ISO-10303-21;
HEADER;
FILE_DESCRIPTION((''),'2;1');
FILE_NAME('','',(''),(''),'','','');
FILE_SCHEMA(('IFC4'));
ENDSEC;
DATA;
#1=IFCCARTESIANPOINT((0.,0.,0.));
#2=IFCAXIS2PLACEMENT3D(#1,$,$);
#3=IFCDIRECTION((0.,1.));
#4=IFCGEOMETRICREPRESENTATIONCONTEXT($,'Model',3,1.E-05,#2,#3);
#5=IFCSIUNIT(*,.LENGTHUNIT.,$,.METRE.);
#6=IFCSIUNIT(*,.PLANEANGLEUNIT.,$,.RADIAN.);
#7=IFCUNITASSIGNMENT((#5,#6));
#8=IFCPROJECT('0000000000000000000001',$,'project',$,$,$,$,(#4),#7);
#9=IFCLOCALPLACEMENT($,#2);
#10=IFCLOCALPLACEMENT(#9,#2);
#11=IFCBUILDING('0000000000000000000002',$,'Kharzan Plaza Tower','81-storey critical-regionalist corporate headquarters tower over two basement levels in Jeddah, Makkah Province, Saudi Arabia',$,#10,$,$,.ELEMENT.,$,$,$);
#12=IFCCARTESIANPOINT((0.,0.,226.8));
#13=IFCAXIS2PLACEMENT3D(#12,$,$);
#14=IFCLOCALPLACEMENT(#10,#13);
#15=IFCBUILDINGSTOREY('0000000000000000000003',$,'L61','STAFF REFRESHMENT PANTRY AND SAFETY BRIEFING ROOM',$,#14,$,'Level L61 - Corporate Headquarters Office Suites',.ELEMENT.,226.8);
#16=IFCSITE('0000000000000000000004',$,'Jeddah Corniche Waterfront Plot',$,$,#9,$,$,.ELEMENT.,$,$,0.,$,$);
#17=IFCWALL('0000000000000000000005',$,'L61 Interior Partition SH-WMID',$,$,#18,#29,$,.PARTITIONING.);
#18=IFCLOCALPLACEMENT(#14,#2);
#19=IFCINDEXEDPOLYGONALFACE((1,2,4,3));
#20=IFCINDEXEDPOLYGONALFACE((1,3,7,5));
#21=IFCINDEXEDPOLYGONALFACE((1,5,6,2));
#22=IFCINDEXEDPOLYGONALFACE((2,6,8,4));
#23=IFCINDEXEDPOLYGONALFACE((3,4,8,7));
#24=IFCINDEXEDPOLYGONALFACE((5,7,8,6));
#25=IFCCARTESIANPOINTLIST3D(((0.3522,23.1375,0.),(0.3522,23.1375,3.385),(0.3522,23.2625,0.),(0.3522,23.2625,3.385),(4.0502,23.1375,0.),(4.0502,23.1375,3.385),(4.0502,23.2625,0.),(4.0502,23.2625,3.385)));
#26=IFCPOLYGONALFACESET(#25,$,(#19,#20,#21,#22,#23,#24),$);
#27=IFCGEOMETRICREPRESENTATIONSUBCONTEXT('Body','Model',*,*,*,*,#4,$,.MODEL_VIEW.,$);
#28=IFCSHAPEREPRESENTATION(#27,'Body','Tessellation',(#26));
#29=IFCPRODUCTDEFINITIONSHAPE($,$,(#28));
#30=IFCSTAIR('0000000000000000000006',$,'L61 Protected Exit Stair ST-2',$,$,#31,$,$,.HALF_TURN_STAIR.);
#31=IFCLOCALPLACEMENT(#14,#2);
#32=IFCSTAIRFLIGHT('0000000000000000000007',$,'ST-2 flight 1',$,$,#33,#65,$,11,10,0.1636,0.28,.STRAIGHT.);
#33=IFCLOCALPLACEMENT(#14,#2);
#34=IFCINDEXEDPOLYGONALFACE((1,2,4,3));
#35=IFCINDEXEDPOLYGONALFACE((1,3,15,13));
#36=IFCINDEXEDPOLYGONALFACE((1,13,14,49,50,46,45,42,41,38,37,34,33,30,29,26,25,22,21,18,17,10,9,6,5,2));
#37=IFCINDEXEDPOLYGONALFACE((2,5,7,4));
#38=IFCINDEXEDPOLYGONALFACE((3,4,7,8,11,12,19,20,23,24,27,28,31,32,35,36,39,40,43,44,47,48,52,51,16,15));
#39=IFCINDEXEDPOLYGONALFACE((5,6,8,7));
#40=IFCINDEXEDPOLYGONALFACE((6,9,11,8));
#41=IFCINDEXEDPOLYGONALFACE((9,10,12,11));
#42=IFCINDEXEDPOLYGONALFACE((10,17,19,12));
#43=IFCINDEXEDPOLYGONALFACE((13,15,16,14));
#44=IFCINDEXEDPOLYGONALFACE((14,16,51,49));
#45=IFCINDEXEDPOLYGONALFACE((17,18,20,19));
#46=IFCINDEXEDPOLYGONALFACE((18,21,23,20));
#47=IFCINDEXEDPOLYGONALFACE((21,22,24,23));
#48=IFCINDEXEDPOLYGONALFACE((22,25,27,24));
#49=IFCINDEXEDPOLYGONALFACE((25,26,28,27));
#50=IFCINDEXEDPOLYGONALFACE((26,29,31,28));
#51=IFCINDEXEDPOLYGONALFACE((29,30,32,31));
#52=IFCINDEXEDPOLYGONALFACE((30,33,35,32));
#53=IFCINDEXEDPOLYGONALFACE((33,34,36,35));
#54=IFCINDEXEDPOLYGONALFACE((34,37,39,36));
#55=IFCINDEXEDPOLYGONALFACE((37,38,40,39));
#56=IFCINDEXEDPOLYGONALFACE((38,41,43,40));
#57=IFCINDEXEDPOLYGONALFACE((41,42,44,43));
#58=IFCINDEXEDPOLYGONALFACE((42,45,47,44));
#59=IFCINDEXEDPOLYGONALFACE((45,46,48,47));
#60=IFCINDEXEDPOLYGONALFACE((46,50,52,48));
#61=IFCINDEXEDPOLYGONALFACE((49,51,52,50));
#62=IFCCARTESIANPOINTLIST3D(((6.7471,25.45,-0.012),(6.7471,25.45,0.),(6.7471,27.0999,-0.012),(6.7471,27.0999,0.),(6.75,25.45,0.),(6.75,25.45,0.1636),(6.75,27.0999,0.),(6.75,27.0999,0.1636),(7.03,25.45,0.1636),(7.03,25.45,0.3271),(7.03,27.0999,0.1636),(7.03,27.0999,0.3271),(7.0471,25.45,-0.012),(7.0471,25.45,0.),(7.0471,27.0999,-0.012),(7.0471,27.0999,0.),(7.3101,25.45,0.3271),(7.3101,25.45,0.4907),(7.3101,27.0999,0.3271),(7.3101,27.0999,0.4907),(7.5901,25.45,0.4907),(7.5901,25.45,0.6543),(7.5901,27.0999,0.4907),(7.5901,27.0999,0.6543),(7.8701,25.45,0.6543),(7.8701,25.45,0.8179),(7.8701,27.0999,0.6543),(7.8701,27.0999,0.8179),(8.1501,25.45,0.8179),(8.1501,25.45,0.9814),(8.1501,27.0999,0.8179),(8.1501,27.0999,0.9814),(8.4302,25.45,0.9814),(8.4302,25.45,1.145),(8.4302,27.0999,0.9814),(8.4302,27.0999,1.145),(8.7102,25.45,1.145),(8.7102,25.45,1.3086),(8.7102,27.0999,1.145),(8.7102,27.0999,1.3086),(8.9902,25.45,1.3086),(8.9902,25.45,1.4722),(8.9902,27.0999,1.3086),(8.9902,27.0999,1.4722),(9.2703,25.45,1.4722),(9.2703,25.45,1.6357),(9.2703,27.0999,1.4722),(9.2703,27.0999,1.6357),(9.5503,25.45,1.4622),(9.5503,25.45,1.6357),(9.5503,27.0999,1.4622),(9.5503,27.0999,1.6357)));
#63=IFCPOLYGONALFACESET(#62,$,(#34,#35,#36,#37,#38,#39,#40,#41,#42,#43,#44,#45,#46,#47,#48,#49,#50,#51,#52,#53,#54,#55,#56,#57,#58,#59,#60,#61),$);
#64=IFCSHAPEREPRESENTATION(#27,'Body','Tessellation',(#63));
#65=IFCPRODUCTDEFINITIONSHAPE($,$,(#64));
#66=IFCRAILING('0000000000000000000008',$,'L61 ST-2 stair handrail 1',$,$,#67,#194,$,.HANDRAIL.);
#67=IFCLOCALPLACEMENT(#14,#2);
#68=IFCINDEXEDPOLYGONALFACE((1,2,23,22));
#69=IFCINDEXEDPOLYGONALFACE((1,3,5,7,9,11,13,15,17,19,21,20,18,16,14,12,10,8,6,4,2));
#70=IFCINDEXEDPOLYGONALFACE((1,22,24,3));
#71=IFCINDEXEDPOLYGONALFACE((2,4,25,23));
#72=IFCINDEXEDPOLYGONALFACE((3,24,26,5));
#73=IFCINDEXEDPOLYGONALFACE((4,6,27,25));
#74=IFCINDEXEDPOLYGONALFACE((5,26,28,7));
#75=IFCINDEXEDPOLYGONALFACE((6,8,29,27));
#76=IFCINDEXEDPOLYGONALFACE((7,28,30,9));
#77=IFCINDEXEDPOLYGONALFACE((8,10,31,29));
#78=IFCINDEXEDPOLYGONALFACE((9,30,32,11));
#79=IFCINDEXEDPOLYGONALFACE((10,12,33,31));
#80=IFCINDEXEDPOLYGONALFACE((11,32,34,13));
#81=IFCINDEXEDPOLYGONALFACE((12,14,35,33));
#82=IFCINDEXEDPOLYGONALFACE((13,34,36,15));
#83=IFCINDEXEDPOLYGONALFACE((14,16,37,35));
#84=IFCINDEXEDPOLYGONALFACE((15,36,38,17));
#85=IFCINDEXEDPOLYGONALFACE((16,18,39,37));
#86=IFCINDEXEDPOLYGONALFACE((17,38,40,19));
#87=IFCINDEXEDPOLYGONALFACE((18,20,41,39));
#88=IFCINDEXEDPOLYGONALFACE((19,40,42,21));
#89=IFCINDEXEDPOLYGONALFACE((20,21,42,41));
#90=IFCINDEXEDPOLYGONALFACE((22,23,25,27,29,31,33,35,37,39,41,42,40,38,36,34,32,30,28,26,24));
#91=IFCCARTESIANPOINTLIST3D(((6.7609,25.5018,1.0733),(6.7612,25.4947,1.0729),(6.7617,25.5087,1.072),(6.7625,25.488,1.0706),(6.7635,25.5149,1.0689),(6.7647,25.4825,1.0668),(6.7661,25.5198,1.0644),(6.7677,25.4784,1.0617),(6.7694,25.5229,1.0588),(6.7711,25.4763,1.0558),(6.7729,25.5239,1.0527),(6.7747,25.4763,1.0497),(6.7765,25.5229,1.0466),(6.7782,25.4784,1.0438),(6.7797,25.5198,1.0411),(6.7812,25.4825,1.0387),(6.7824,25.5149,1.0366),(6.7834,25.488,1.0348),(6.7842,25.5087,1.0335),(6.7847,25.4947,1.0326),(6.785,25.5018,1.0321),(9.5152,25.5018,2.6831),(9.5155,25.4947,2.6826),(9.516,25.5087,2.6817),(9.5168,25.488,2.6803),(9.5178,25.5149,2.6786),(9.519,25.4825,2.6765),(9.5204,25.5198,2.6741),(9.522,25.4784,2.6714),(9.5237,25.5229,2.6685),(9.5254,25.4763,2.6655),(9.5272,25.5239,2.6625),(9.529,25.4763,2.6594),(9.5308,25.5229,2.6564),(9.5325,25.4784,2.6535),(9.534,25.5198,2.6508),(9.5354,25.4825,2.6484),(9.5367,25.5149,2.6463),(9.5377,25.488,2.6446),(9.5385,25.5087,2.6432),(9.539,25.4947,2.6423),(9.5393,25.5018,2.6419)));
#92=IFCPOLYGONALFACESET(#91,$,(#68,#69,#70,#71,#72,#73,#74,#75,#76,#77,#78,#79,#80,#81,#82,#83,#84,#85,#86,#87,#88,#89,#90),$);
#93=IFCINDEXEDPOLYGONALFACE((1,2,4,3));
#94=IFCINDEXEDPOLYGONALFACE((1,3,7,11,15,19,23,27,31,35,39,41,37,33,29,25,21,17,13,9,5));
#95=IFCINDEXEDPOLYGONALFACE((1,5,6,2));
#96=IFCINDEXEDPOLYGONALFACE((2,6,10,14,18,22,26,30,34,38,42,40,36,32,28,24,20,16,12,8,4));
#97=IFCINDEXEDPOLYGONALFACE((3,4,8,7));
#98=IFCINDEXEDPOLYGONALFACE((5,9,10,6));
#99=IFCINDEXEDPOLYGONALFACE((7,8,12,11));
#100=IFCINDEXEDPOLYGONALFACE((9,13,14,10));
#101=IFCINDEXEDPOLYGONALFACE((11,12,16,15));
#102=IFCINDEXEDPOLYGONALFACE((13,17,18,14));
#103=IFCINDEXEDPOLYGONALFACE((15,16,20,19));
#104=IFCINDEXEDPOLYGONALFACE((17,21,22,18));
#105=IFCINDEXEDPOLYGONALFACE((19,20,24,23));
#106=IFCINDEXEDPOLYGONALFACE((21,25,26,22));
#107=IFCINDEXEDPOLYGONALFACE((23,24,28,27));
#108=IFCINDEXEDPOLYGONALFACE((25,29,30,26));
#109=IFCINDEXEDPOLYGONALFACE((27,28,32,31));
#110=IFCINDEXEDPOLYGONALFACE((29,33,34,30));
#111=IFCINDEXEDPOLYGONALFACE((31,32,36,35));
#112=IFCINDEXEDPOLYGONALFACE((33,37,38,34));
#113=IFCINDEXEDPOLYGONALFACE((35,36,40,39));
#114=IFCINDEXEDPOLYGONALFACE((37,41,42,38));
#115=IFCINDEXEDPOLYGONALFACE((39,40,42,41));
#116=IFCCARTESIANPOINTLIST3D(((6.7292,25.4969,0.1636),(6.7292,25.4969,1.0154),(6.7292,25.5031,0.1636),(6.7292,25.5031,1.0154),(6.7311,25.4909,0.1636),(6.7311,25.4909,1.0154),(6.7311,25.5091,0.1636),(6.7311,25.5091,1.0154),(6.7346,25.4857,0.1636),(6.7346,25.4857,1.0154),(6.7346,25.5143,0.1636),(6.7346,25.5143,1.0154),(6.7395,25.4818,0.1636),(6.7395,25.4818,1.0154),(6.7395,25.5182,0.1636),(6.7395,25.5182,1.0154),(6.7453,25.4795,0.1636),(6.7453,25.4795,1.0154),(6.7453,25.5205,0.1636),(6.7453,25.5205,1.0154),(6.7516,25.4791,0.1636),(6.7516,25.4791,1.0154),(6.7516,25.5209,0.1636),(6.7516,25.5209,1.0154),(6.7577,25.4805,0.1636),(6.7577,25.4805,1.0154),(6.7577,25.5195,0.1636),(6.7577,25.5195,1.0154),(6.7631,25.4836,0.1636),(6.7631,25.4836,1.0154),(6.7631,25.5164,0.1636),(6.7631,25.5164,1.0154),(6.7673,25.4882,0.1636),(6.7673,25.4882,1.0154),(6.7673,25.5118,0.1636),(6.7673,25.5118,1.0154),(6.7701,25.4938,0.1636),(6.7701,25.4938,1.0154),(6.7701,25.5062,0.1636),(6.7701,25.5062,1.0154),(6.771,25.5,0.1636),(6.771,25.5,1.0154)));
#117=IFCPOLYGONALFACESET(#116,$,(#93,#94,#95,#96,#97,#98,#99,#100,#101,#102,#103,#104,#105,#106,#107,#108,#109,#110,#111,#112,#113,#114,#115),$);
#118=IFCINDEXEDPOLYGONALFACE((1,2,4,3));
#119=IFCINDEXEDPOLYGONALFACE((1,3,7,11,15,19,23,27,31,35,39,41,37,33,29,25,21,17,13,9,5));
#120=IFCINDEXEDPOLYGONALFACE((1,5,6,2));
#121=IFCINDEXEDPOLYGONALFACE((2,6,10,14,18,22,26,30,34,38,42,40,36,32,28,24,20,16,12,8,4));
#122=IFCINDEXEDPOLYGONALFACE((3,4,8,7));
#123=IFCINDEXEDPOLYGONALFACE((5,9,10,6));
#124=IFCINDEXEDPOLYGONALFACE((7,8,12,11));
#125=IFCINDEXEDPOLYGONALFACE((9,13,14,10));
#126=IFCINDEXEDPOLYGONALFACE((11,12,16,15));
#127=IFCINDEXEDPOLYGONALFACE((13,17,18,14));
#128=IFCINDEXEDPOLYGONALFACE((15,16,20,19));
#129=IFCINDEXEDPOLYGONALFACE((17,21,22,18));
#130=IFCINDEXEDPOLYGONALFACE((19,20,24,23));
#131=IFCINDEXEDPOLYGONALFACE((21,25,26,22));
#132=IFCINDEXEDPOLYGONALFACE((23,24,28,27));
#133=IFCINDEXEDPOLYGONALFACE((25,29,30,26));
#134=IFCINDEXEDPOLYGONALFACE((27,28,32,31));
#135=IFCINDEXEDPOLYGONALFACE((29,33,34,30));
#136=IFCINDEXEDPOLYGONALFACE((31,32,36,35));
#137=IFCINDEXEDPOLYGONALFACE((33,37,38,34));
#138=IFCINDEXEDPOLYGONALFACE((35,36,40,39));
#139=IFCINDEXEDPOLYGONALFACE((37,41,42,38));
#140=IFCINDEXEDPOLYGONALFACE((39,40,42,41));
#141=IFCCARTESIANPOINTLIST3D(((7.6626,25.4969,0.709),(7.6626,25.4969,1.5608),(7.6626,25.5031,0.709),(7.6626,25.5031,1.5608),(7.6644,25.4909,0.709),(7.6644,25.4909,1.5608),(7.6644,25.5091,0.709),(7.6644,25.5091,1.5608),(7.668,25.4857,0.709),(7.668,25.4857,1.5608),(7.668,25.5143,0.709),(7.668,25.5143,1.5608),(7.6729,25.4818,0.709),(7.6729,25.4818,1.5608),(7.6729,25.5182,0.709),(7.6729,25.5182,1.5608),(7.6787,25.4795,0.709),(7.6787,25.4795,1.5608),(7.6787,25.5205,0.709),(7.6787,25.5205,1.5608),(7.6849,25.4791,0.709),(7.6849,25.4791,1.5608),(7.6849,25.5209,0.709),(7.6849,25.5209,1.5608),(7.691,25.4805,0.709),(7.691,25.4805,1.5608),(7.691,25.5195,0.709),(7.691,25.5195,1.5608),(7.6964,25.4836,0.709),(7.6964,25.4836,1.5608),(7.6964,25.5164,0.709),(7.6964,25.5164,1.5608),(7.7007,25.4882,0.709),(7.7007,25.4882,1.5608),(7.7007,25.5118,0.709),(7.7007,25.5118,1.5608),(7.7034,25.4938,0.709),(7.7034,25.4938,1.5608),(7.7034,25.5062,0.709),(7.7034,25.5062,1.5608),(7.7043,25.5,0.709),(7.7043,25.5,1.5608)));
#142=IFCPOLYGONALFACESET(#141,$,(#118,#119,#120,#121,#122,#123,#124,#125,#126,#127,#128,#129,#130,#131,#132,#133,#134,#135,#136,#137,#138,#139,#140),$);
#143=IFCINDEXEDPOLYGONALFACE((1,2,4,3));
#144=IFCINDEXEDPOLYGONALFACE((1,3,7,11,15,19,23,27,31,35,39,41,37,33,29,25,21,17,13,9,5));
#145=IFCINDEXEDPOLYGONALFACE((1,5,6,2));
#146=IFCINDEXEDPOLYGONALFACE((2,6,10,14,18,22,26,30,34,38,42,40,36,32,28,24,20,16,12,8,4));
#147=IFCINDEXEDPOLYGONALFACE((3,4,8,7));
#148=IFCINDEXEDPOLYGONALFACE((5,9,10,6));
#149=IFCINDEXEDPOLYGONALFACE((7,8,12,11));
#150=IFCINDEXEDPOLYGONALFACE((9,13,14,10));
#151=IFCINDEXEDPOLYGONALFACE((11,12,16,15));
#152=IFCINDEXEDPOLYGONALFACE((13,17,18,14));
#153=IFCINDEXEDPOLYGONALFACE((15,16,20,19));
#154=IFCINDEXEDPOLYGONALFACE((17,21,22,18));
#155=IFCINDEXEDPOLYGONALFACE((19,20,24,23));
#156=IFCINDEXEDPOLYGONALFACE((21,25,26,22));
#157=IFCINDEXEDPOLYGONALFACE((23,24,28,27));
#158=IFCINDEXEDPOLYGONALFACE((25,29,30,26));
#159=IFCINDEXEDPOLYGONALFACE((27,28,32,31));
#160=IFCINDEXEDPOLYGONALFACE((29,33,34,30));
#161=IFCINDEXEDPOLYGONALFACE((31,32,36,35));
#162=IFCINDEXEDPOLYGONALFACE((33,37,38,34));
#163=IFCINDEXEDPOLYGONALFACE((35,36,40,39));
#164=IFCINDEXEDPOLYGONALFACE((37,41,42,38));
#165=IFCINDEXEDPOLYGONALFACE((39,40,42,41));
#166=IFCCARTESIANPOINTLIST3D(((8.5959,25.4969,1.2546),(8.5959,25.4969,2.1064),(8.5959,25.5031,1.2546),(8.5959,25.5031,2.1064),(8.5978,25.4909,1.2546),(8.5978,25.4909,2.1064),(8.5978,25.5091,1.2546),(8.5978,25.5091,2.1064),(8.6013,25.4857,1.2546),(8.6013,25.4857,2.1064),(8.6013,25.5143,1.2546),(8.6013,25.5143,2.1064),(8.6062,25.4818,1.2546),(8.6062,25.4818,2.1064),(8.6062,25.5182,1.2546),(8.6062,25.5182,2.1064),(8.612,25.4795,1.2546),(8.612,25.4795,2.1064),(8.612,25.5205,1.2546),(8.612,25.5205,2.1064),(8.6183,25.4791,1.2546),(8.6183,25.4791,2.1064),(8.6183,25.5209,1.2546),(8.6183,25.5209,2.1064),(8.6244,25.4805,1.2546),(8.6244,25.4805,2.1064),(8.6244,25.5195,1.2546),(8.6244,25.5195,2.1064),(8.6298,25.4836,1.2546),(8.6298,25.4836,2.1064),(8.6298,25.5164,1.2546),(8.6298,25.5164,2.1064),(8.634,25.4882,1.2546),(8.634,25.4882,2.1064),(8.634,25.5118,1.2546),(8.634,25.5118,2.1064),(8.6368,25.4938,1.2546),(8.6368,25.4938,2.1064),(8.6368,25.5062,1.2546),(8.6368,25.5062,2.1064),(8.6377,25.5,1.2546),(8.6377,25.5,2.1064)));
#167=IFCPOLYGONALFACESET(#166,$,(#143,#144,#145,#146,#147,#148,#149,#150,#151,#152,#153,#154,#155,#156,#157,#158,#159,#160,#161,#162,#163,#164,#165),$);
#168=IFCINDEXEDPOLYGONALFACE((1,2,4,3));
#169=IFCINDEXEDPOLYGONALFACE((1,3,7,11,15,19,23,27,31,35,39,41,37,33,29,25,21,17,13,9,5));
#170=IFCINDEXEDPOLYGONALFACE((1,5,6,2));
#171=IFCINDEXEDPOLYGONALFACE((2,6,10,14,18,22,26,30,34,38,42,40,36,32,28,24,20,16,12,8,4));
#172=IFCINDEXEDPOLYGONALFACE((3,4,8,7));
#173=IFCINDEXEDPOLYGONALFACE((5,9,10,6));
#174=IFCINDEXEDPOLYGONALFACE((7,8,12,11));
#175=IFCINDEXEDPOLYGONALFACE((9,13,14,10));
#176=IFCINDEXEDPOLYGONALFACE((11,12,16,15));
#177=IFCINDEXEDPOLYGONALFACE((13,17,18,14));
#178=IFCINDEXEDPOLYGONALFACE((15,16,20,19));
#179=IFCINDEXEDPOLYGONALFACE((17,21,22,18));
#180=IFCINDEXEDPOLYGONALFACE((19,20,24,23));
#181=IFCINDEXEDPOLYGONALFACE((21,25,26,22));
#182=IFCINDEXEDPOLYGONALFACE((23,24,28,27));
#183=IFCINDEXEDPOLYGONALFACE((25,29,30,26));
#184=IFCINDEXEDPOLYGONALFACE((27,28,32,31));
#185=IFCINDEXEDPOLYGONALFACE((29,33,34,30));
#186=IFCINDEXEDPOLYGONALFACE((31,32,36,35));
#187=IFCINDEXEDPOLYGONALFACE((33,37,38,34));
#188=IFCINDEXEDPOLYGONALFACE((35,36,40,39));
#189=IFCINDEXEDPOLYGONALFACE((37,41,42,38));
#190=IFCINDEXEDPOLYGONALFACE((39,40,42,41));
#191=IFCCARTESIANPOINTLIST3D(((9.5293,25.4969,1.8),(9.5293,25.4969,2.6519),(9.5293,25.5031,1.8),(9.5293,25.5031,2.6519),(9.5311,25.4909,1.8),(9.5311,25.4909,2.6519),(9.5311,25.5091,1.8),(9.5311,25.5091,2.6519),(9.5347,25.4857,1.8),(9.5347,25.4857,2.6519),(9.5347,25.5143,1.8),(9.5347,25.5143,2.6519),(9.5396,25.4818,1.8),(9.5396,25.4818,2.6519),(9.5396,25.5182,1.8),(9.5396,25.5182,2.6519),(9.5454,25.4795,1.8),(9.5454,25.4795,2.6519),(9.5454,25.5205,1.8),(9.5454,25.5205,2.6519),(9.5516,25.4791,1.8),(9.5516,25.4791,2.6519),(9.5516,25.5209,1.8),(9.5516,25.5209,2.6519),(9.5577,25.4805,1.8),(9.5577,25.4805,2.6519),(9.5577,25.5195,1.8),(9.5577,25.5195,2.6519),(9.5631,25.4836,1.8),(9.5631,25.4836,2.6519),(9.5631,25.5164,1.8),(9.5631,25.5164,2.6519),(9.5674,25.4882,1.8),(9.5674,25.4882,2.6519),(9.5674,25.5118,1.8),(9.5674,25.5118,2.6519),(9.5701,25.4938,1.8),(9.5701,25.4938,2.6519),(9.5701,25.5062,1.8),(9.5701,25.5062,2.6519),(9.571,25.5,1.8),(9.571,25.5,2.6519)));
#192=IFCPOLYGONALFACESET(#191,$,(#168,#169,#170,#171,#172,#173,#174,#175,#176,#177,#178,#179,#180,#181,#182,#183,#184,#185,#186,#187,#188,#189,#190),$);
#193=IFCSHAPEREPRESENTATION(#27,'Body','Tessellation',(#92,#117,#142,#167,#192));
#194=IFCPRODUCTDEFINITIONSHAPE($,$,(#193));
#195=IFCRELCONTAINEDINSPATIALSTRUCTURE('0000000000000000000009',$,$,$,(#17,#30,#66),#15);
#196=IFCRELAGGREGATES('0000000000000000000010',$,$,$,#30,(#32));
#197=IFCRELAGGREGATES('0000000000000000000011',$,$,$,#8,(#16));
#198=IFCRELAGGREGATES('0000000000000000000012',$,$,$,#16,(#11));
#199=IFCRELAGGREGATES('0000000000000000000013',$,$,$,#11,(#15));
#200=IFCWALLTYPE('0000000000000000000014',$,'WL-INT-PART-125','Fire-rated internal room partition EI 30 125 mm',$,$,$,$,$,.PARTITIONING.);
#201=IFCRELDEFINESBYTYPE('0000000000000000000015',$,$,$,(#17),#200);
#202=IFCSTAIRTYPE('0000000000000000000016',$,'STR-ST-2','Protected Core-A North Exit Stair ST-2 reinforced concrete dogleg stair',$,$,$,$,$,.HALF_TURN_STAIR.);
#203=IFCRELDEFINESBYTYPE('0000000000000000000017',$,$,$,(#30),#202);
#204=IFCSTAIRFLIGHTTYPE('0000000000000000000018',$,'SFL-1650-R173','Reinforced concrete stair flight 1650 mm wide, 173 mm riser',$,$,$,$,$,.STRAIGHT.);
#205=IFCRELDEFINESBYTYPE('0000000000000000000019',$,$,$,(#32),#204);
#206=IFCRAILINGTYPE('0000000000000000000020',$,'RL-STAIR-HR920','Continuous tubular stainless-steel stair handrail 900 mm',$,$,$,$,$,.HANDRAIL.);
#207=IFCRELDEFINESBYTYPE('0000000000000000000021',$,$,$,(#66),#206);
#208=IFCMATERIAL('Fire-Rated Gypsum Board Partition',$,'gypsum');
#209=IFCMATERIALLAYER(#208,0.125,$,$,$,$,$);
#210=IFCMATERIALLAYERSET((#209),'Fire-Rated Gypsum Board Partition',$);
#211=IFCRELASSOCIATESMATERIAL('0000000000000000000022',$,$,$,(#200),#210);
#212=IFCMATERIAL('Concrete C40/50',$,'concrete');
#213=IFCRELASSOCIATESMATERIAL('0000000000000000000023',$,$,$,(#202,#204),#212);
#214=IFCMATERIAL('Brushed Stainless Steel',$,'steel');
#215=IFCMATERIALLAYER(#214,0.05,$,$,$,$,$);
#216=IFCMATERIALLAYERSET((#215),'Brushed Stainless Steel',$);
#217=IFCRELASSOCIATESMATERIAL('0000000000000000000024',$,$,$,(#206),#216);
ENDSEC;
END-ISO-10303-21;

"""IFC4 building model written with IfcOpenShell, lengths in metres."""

from ifc_helpers import new_model, si_unit, direction, frame, frame_2d, origin, origin_2d, place, context, subcontext, project, spatial, polyline, rectangle, circle, outline, extrude, source, transform, mapped, material, layer, layer_set, type_object, element, aggregate, save


model = new_model("IFC4")

# Units and contexts
model_context = context("Model", 3, precision=1e-05, world=origin(), true_north=direction((0.0, 1.0)))
body_context = subcontext(model_context, "Body", "Model", "MODEL_VIEW")
ifc_project = project(units=[si_unit("LENGTHUNIT", "METRE"), si_unit("PLANEANGLEUNIT", "RADIAN")], contexts=[model_context])

# Site, building, storey
site_placement = place(None, origin())
site = spatial("IfcSite", under=ifc_project, at=site_placement, Name="Jeddah Corniche Waterfront Plot", CompositionType="ELEMENT", RefElevation=0.0)
building_placement = place(site_placement, origin())
building = spatial("IfcBuilding", under=site, at=building_placement, Name="Kharzan Plaza Tower", Description="81-storey critical-regionalist corporate headquarters tower over two basement levels in Jeddah, Makkah Province, Saudi Arabia", CompositionType="ELEMENT")
storey_placement = place(building_placement, frame((0.0, 0.0, 226.8)))
storey = spatial("IfcBuildingStorey", under=building, at=storey_placement, Name="L61", Description="STAFF REFRESHMENT PANTRY AND SAFETY BRIEFING ROOM", LongName="Level L61 - Corporate Headquarters Office Suites", CompositionType="ELEMENT", Elevation=226.8)

# Shared definitions
ifc_material_1 = material(Name="Concrete C40/50", Category="concrete")

# Shared definitions
ifc_material_2 = material(Name="Brushed Stainless Steel", Category="steel")

# Wall
ifc_material_3 = material(Name="Fire-Rated Gypsum Board Partition", Category="gypsum")
ifc_layer_1 = layer(ifc_material_3, 0.125)
ifc_layer_set_1 = layer_set([ifc_layer_1], Name="Fire-Rated Gypsum Board Partition")
wall_type_1 = type_object("IfcWallType", Name="WL-INT-PART-125", Description="Fire-rated internal room partition EI 30 125 mm", PredefinedType="PARTITIONING", material=ifc_layer_set_1)
shared_shape_1 = source(origin(), body_context, "Body", "SweptSolid", [
    extrude(rectangle(XDim=3.698, YDim=0.125, at=frame_2d((1.8491, 0.0))), origin(), (0.0, 0.0, 1.0), 3.385),
])
wall_1_placement = place(storey_placement, frame((0.3521, 23.2, 0.0), z_axis=(0.0, 0.0, 1.0), x_axis=(1.0, 0.0, 0.0)))
element("IfcWall", 1, at=wall_1_placement, inside=storey, type_object=wall_type_1, Name="L61 Interior Partition SH-WMID", PredefinedType="PARTITIONING", context=body_context, shape_type="MappedRepresentation", body=[
    mapped(shared_shape_1, transform((0.0, 0.0, 0.0), x_axis=(1.0, 0.0, 0.0), y_axis=(0.0, 1.0, 0.0), z_axis=(0.0, 0.0, 1.0))),
])

# Stair, stair flight
stair_type = type_object("IfcStairType", Name="STR-ST-2", Description="Protected Core-A North Exit Stair ST-2 reinforced concrete dogleg stair", PredefinedType="HALF_TURN_STAIR", material=ifc_material_1)
stair_placement = place(storey_placement, origin())
stair = element("IfcStair", 2, at=stair_placement, inside=storey, type_object=stair_type, Name="L61 Protected Exit Stair ST-2", PredefinedType="HALF_TURN_STAIR")
stair_flight_type = type_object("IfcStairFlightType", Name="SFL-1650-R173", Description="Reinforced concrete stair flight 1650 mm wide, 173 mm riser", PredefinedType="STRAIGHT", material=ifc_material_1)
shared_shape_2 = source(origin(), body_context, "Body", "SweptSolid", [
    extrude(outline(polyline([(-0.0029, -0.012), (-0.0029, 0.0), (0.0, 0.0), (0.0, 0.1636), (0.28, 0.1636), (0.28, 0.3271), (0.5601, 0.3271), (0.5601, 0.4907), (0.8401, 0.4907), (0.8401, 0.6543), (1.1201, 0.6543), (1.1201, 0.8179), (1.4001, 0.8179), (1.4001, 0.9814), (1.6802, 0.9814), (1.6802, 1.145), (1.9602, 1.145), (1.9602, 1.3086), (2.2402, 1.3086), (2.2402, 1.4722), (2.5203, 1.4722), (2.5203, 1.6357), (2.8003, 1.6357), (2.8003, 1.7993), (2.8003, 1.4622), (0.2971, 0.0), (0.2971, -0.012), (-0.0029, -0.012)])), frame((0.0, 0.825, 0.0), z_axis=(0.0, -1.0, 0.0), x_axis=(1.0, 0.0, 0.0)), (0.0, 0.0, 1.0), 1.6499),
])
stair_flight_placement = place(storey_placement, frame((6.75, 26.2749, 0.0), z_axis=(0.0, 0.0, 1.0), x_axis=(1.0, 0.0, 0.0)))
stair_flight = element("IfcStairFlight", 3, at=stair_flight_placement, type_object=stair_flight_type, Name="ST-2 flight 1", NumberOfRisers=11, NumberOfTreads=10, PredefinedType="STRAIGHT", RiserHeight=0.1636, TreadLength=0.28, context=body_context, shape_type="MappedRepresentation", body=[
    mapped(shared_shape_2, transform((0.0, 0.0, 0.0), x_axis=(1.0, 0.0, 0.0), y_axis=(0.0, 1.0, 0.0), z_axis=(0.0, 0.0, 1.0))),
])
aggregate(stair, [stair_flight])

# Railing
ifc_layer_2 = layer(ifc_material_2, 0.05)
ifc_layer_set_2 = layer_set([ifc_layer_2], Name="Brushed Stainless Steel")
railing_type = type_object("IfcRailingType", Name="RL-STAIR-HR920", Description="Continuous tubular stainless-steel stair handrail 900 mm", PredefinedType="HANDRAIL", material=ifc_layer_set_2)
shared_shape_3 = source(origin(), body_context, "Body", "SweptSolid", [
    extrude(circle(Radius=0.0239, at=origin_2d()), frame((0.0229, 0.0, 0.8892), z_axis=(0.863361, 0.0, 0.504587), x_axis=(0.0, 1.0, 0.0)), (0.0, 0.0, 1.0), 3.1902),
    extrude(circle(Radius=0.021, at=origin_2d()), origin(), (0.0, 0.0, 1.0), 0.8518),
    extrude(circle(Radius=0.021, at=origin_2d()), frame((0.9333, 0.0, 0.5454)), (0.0, 0.0, 1.0), 0.8518),
    extrude(circle(Radius=0.021, at=origin_2d()), frame((1.8667, 0.0, 1.0911)), (0.0, 0.0, 1.0), 0.8518),
    extrude(circle(Radius=0.021, at=origin_2d()), frame((2.8, 0.0, 1.6365)), (0.0, 0.0, 1.0), 0.8518),
])
railing_placement = place(storey_placement, frame((6.75, 25.5, 0.1636)))
element("IfcRailing", 4, at=railing_placement, inside=storey, type_object=railing_type, Name="L61 ST-2 stair handrail 1", PredefinedType="HANDRAIL", context=body_context, shape_type="MappedRepresentation", body=[
    mapped(shared_shape_3, transform((0.0, 0.0, 0.0), x_axis=(1.0, 0.0, 0.0), y_axis=(0.0, 1.0, 0.0), z_axis=(0.0, 0.0, 1.0))),
])

save(model, "model.ifc")
